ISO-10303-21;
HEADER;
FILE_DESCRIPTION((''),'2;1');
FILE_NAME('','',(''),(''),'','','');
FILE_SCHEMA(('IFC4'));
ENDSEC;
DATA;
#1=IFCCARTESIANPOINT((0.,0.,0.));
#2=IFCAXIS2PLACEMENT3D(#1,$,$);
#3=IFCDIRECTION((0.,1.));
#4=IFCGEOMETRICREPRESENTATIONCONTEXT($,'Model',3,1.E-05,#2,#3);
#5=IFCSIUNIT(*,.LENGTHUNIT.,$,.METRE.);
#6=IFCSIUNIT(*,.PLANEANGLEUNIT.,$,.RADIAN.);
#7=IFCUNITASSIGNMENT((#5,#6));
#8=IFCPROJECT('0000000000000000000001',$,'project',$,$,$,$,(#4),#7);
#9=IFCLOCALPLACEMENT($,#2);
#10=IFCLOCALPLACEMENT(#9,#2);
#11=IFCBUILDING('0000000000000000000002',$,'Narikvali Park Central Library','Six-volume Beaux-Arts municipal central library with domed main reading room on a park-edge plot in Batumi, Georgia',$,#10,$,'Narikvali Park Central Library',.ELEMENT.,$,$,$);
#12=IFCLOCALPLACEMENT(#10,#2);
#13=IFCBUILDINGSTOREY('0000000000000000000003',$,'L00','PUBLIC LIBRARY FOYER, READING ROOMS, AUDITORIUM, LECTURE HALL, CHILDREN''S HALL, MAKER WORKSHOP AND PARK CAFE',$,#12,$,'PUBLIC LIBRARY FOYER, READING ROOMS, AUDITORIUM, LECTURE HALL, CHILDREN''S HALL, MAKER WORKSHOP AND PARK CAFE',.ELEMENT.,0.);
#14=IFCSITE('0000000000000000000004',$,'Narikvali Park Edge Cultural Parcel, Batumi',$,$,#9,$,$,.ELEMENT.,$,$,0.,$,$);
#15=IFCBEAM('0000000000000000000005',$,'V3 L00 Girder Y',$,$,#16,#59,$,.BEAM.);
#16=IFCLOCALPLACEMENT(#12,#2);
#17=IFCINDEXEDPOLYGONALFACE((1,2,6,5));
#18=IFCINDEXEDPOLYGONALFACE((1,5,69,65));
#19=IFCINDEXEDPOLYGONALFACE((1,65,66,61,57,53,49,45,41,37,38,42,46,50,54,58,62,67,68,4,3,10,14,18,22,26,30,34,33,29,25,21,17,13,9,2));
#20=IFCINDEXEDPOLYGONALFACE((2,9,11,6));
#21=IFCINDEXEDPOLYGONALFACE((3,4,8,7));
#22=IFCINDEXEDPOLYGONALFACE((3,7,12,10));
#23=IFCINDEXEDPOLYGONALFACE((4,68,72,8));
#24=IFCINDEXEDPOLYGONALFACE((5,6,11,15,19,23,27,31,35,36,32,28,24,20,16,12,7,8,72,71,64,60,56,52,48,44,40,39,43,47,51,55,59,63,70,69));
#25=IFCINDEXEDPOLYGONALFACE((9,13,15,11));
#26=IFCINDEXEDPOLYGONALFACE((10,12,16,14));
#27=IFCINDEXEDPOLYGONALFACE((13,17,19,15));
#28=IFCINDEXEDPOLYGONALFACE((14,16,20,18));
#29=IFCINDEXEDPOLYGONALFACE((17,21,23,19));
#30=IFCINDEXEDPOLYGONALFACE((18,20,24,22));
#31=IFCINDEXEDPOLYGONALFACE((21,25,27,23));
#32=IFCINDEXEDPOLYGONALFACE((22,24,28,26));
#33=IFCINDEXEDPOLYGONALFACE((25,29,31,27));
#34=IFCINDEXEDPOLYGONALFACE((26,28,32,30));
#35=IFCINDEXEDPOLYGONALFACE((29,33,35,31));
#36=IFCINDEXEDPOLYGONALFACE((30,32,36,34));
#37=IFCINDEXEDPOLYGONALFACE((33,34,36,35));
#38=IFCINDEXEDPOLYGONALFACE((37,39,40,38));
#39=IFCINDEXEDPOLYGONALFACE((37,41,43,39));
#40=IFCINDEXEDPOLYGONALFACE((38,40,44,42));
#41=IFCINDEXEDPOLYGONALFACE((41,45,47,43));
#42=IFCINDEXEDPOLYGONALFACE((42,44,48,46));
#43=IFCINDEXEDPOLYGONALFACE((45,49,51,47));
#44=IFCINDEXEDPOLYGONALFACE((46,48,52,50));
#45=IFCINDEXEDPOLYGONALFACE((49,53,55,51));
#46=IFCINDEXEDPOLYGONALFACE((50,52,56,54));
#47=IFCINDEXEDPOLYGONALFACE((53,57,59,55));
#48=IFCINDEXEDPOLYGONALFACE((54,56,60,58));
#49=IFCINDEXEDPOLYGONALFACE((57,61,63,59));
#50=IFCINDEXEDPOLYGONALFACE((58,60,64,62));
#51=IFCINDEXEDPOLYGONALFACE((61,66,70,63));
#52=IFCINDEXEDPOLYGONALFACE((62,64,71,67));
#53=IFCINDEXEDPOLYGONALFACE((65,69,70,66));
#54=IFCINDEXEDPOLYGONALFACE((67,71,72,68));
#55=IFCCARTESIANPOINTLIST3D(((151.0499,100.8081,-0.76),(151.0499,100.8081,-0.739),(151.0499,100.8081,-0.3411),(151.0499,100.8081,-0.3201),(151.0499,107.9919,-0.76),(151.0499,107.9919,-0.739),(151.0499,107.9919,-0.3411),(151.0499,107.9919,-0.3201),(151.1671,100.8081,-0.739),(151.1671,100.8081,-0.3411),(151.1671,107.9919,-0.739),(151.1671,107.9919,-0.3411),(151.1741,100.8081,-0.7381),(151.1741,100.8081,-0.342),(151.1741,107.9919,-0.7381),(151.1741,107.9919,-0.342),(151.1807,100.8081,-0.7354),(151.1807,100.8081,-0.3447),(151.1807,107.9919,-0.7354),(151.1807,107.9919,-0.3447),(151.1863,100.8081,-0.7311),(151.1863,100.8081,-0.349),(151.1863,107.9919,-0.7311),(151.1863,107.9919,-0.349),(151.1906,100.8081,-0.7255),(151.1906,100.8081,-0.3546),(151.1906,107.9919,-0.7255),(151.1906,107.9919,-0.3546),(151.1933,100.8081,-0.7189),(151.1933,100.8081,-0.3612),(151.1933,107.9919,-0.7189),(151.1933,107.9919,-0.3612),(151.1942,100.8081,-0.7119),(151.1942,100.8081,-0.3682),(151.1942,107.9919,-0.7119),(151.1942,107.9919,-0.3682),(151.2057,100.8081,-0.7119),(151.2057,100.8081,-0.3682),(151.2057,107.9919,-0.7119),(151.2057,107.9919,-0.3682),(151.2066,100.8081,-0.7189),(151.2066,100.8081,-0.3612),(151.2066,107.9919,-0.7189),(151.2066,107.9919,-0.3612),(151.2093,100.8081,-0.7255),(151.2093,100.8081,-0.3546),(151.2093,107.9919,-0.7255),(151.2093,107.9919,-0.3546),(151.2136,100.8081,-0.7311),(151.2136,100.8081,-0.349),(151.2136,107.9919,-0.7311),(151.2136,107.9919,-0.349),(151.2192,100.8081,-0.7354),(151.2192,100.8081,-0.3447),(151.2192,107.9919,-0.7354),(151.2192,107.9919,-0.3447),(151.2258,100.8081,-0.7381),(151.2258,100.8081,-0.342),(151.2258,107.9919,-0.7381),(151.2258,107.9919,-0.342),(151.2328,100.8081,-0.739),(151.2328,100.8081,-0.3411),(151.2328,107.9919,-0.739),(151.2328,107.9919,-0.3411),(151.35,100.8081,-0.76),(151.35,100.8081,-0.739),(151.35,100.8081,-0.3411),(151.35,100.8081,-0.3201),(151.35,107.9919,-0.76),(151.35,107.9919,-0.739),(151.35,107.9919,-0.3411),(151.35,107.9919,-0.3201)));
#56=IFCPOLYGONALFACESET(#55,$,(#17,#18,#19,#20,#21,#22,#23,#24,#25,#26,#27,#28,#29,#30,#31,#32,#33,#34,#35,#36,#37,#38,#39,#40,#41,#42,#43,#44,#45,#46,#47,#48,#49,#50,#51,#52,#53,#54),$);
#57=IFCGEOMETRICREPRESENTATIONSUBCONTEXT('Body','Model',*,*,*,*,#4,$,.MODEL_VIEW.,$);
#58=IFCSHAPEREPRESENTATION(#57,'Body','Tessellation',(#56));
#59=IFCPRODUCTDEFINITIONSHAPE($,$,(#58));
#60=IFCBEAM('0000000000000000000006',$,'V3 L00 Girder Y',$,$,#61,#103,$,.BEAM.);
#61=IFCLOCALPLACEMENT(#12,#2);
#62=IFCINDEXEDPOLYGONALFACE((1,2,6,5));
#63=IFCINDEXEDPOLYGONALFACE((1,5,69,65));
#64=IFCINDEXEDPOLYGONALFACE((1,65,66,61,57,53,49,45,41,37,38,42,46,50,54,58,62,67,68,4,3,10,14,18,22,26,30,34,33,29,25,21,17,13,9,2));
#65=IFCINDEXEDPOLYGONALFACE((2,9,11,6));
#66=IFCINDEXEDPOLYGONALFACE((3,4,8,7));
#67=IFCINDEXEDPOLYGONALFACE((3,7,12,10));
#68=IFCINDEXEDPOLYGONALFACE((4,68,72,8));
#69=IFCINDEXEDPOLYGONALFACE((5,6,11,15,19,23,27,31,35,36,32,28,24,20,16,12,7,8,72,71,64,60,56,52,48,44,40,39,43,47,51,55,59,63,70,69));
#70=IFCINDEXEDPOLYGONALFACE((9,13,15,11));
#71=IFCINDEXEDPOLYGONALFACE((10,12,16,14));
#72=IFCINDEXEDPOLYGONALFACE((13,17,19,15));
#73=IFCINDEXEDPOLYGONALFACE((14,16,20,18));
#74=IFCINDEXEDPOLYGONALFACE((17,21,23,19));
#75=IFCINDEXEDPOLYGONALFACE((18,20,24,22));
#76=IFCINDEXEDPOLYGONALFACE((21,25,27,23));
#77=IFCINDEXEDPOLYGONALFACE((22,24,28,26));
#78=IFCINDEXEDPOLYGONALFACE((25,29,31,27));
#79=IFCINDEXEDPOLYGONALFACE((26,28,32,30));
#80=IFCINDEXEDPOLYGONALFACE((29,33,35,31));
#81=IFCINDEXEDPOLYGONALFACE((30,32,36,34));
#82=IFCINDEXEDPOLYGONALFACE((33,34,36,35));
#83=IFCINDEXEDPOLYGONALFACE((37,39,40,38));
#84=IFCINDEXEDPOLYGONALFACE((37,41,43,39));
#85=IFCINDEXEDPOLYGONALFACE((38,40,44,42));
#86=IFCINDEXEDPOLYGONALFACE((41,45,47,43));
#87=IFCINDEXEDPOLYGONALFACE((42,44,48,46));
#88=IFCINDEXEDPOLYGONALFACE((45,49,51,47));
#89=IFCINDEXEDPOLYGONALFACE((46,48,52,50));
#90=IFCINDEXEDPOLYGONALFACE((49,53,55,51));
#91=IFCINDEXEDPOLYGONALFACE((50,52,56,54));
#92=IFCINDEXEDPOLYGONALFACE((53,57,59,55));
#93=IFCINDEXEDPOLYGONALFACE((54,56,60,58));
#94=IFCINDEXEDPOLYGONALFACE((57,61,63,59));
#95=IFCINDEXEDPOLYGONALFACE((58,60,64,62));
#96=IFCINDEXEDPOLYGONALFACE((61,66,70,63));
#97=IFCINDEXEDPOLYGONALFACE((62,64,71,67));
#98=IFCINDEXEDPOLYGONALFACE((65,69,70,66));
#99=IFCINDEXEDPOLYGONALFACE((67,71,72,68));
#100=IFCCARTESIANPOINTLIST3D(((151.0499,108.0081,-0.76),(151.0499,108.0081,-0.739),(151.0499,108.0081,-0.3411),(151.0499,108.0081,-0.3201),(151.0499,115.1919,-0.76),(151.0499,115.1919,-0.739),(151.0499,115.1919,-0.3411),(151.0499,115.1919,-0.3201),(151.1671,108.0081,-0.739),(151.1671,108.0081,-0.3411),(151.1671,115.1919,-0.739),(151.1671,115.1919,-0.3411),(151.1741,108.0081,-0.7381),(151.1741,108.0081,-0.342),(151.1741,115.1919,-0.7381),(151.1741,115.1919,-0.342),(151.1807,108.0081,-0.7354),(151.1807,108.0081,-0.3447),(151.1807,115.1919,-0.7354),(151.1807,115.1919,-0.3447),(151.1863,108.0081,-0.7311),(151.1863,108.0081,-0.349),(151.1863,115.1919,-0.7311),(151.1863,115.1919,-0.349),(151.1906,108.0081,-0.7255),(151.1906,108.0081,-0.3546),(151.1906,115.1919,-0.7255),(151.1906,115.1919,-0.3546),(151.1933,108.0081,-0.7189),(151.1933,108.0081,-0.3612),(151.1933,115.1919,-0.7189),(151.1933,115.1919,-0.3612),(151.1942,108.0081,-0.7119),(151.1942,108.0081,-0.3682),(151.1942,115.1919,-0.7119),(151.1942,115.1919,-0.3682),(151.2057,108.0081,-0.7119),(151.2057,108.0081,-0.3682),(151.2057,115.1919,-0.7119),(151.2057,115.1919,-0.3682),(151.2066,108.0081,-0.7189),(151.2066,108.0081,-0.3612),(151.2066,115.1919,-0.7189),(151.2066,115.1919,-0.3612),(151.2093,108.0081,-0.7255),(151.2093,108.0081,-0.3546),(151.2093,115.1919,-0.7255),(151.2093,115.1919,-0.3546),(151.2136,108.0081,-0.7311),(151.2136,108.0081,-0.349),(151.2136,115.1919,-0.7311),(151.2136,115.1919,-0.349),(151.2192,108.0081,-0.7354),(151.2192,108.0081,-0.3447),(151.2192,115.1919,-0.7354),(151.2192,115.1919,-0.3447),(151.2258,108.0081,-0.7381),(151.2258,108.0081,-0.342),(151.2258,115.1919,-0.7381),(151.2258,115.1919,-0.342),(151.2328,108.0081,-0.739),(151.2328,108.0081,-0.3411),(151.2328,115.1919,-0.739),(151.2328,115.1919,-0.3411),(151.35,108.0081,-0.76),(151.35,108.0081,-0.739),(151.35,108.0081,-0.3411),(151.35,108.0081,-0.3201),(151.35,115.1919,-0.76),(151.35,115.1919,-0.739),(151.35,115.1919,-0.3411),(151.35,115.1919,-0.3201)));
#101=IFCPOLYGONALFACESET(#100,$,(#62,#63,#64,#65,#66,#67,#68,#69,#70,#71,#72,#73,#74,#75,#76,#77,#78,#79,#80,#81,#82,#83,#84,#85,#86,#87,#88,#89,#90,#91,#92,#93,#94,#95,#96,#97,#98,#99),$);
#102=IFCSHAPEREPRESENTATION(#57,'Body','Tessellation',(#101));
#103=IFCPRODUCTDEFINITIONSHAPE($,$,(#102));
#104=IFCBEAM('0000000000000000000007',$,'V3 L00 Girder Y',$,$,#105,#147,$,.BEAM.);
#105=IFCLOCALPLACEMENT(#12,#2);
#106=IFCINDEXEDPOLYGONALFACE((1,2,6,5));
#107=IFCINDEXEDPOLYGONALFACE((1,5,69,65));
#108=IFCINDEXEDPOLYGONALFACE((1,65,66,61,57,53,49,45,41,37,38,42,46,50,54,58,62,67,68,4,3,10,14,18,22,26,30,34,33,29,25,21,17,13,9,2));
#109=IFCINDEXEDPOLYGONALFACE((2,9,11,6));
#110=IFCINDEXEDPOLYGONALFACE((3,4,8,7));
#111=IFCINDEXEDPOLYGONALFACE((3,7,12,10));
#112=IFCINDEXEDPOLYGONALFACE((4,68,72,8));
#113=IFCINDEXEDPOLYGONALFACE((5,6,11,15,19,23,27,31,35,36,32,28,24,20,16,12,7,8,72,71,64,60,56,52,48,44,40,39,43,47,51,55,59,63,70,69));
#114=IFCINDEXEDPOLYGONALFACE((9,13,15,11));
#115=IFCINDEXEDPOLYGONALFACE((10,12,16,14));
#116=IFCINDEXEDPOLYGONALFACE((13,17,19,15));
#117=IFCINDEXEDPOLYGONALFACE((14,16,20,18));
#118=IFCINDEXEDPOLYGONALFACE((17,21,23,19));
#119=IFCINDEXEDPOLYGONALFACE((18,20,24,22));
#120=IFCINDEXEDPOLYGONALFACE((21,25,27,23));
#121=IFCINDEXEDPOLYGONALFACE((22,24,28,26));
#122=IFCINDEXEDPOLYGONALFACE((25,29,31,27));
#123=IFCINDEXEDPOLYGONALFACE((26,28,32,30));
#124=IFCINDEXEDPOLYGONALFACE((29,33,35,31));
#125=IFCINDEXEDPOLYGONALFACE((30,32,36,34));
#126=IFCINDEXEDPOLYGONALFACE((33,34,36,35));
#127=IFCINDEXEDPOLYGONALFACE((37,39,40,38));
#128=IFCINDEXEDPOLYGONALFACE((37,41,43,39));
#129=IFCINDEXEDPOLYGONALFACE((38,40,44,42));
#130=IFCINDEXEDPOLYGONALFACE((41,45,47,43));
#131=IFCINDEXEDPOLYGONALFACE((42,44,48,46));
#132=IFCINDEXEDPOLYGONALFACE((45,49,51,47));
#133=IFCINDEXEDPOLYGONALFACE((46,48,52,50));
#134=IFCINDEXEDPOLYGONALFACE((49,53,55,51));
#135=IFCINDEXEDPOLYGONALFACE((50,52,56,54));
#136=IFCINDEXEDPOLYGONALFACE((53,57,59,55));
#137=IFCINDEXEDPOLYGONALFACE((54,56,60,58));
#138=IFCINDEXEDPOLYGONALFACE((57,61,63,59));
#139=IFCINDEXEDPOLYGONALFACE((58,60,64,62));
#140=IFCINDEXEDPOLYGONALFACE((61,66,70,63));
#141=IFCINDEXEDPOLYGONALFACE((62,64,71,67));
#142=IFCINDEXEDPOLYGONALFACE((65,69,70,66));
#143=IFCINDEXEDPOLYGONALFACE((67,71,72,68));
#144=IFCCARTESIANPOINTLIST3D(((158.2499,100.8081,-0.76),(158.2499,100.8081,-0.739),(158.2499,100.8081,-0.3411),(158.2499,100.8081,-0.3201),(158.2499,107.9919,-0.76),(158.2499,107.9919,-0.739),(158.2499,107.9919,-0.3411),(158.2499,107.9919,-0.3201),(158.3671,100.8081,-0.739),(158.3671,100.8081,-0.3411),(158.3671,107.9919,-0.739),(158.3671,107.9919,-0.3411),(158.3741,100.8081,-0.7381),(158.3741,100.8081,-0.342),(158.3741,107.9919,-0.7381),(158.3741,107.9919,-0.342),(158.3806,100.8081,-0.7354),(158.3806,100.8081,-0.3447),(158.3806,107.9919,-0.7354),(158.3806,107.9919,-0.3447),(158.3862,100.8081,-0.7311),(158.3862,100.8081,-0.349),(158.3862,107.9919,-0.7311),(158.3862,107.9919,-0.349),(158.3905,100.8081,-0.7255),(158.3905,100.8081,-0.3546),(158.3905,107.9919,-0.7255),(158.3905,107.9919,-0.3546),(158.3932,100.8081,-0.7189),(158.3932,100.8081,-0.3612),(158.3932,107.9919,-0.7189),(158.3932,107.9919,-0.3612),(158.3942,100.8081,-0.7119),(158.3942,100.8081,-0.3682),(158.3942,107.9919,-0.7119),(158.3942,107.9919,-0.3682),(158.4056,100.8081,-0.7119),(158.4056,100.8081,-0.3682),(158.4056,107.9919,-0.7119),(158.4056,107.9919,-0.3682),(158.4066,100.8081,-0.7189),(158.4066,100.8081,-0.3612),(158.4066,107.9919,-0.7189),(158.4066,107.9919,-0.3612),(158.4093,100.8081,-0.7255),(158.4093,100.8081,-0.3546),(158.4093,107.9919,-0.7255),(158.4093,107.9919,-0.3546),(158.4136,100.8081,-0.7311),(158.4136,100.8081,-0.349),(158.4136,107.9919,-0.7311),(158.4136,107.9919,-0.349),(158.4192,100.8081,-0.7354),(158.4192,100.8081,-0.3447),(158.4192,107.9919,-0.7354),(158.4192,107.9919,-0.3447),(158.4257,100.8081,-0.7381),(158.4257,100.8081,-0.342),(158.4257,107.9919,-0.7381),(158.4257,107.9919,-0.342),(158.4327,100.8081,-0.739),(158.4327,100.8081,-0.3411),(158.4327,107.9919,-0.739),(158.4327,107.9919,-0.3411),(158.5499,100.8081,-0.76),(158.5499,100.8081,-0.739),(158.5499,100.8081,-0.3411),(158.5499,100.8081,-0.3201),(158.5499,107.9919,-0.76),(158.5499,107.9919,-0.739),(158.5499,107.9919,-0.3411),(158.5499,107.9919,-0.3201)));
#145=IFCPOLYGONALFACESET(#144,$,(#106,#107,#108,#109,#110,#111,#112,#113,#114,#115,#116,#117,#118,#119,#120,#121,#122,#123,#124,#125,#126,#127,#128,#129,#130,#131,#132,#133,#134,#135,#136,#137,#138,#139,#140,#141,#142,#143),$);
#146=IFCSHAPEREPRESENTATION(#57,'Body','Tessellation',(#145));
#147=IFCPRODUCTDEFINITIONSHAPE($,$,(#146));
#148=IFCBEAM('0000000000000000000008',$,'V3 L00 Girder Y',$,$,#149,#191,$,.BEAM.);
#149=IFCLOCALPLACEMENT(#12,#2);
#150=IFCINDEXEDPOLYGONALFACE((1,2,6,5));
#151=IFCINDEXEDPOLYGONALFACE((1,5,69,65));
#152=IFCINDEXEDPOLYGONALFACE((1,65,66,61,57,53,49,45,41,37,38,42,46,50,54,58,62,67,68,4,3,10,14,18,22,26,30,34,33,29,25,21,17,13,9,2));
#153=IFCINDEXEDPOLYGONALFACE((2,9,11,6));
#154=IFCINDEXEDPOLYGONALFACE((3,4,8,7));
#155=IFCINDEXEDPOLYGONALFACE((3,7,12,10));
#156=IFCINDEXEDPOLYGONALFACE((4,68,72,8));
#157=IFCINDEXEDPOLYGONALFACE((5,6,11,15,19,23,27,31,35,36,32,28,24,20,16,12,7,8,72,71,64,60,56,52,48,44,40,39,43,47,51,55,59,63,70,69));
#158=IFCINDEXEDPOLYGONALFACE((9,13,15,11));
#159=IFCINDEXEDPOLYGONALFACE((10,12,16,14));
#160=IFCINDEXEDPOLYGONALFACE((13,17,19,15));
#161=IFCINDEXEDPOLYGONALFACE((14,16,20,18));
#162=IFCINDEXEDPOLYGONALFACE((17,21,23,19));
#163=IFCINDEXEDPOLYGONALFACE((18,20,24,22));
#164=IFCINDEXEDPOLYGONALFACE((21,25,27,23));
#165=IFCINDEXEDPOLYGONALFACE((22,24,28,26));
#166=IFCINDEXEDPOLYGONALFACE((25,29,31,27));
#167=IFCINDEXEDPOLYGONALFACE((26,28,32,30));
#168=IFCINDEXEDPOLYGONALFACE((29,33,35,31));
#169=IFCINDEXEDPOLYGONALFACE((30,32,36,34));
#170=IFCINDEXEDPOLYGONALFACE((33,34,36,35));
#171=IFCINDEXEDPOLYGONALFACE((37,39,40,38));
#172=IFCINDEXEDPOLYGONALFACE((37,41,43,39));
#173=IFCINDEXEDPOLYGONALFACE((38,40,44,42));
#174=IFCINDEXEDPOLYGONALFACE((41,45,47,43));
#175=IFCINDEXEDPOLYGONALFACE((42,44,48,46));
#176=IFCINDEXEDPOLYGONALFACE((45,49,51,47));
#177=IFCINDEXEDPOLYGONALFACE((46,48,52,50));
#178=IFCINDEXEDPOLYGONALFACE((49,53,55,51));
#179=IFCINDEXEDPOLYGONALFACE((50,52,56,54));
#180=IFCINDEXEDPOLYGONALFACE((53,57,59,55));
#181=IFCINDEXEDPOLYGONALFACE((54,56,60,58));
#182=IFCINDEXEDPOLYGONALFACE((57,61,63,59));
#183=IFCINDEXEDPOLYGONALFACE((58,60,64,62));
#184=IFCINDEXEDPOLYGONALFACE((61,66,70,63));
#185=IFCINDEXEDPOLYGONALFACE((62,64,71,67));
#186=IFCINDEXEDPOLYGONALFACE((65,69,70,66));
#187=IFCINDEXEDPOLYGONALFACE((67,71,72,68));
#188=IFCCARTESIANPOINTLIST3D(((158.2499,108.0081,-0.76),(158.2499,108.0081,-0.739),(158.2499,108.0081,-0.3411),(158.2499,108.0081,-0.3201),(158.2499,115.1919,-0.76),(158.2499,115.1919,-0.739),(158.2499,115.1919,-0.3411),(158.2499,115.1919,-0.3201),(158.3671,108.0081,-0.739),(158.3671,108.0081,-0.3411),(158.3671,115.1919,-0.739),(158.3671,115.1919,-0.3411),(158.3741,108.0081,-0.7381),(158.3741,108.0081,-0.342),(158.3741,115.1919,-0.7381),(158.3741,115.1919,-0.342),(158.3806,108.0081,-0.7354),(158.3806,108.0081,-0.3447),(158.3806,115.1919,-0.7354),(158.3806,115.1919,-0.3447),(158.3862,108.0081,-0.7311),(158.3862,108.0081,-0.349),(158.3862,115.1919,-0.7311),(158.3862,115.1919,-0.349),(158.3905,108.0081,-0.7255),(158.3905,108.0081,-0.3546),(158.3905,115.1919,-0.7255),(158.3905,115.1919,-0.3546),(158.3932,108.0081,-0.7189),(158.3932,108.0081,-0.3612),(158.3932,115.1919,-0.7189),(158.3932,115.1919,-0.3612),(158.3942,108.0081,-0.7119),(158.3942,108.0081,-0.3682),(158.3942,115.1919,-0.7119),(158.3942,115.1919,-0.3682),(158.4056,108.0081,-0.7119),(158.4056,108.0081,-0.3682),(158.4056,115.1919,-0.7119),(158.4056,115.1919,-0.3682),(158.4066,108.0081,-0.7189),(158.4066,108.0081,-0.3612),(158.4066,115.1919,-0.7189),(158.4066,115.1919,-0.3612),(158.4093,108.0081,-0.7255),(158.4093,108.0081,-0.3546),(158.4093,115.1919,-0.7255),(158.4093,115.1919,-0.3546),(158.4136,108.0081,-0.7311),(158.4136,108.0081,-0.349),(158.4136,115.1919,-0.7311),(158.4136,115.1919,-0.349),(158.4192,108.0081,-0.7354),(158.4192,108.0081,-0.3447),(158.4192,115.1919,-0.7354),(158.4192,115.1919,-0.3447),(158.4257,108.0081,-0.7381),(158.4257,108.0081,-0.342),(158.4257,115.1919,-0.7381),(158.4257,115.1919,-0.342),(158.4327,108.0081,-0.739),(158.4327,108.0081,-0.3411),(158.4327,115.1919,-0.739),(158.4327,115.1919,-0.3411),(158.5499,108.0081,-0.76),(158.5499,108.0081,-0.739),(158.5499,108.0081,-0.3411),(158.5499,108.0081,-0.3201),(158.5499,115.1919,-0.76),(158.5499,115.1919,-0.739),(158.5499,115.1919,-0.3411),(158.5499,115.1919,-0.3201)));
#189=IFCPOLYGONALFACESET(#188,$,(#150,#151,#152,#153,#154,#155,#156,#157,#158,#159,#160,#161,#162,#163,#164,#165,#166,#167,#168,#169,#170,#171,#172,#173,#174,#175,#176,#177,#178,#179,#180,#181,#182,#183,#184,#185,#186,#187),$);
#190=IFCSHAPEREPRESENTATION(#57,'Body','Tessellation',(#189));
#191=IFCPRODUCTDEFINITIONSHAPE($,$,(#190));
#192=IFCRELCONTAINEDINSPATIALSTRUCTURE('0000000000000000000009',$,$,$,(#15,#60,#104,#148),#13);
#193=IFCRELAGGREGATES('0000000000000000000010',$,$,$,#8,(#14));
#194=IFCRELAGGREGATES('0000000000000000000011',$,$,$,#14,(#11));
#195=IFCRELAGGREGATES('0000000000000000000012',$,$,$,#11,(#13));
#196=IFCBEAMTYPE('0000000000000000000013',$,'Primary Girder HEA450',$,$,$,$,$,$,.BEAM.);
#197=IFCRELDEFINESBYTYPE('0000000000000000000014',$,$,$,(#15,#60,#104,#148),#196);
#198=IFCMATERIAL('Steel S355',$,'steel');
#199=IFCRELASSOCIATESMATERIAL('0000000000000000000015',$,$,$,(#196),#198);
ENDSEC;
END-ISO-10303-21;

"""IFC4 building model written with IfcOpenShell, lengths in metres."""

from ifc_helpers import new_model, si_unit, direction, frame, origin, origin_2d, place, context, subcontext, project, spatial, i_section, extrude, material, material_profile, profile_set, type_object, element, save


model = new_model("IFC4")

# Units and contexts
model_context = context("Model", 3, precision=1e-05, world=origin(), true_north=direction((0.0, 1.0)))
body_context = subcontext(model_context, "Body", "Model", "MODEL_VIEW")
ifc_project = project(units=[si_unit("LENGTHUNIT", "METRE"), si_unit("PLANEANGLEUNIT", "RADIAN")], contexts=[model_context])

# Site, building, storey
site_placement = place(None, origin())
site = spatial("IfcSite", under=ifc_project, at=site_placement, Name="Narikvali Park Edge Cultural Parcel, Batumi", CompositionType="ELEMENT", RefElevation=0.0)
building_placement = place(site_placement, origin())
building = spatial("IfcBuilding", under=site, at=building_placement, Name="Narikvali Park Central Library", Description="Six-volume Beaux-Arts municipal central library with domed main reading room on a park-edge plot in Batumi, Georgia", LongName="Narikvali Park Central Library", CompositionType="ELEMENT")
storey_placement = place(building_placement, origin())
storey = spatial("IfcBuildingStorey", under=building, at=storey_placement, Name="L00", Description="PUBLIC LIBRARY FOYER, READING ROOMS, AUDITORIUM, LECTURE HALL, CHILDREN'S HALL, MAKER WORKSHOP AND PARK CAFE", LongName="PUBLIC LIBRARY FOYER, READING ROOMS, AUDITORIUM, LECTURE HALL, CHILDREN'S HALL, MAKER WORKSHOP AND PARK CAFE", CompositionType="ELEMENT", Elevation=0.0)

# Shared definitions
ifc_material_1 = material(Name="Steel S355", Category="steel")

# Beams
ifc_material_profile_1 = material_profile(ifc_material_1, i_section(OverallWidth=0.3, OverallDepth=0.4399, WebThickness=0.0115, FlangeThickness=0.021, FilletRadius=0.0271, at=origin_2d()), Name="HEA 450")
ifc_profile_set_1 = profile_set([ifc_material_profile_1], Name="Steel S355")
beam_type_1 = type_object("IfcBeamType", Name="Primary Girder HEA450", PredefinedType="BEAM", material=ifc_profile_set_1)
for number, where, z_axis, x_axis, name in (
    (1, (151.2, 100.8081, -0.54), (0.0, 1.0, 0.0), (-1.0, 0.0, 0.0), "V3 L00 Girder Y"),
    (2, (151.2, 108.0081, -0.54), (0.0, 1.0, 0.0), (-1.0, 0.0, 0.0), "V3 L00 Girder Y"),
    (3, (158.3999, 100.8081, -0.54), (0.0, 1.0, 0.0), (-1.0, 0.0, 0.0), "V3 L00 Girder Y"),
    (4, (158.3999, 108.0081, -0.54), (0.0, 1.0, 0.0), (-1.0, 0.0, 0.0), "V3 L00 Girder Y"),
):
    element("IfcBeam", number, at=place(storey_placement, frame(where, z_axis=z_axis, x_axis=x_axis)), inside=storey, type_object=beam_type_1, Name=name, PredefinedType="BEAM", context=body_context, shape_type="SweptSolid", body=[
        extrude(i_section(OverallWidth=0.3, OverallDepth=0.4399, WebThickness=0.0115, FlangeThickness=0.021, FilletRadius=0.0271, at=origin_2d()), origin(), (0.0, 0.0, 1.0), 7.1838),
    ])

save(model, "model.ifc")
